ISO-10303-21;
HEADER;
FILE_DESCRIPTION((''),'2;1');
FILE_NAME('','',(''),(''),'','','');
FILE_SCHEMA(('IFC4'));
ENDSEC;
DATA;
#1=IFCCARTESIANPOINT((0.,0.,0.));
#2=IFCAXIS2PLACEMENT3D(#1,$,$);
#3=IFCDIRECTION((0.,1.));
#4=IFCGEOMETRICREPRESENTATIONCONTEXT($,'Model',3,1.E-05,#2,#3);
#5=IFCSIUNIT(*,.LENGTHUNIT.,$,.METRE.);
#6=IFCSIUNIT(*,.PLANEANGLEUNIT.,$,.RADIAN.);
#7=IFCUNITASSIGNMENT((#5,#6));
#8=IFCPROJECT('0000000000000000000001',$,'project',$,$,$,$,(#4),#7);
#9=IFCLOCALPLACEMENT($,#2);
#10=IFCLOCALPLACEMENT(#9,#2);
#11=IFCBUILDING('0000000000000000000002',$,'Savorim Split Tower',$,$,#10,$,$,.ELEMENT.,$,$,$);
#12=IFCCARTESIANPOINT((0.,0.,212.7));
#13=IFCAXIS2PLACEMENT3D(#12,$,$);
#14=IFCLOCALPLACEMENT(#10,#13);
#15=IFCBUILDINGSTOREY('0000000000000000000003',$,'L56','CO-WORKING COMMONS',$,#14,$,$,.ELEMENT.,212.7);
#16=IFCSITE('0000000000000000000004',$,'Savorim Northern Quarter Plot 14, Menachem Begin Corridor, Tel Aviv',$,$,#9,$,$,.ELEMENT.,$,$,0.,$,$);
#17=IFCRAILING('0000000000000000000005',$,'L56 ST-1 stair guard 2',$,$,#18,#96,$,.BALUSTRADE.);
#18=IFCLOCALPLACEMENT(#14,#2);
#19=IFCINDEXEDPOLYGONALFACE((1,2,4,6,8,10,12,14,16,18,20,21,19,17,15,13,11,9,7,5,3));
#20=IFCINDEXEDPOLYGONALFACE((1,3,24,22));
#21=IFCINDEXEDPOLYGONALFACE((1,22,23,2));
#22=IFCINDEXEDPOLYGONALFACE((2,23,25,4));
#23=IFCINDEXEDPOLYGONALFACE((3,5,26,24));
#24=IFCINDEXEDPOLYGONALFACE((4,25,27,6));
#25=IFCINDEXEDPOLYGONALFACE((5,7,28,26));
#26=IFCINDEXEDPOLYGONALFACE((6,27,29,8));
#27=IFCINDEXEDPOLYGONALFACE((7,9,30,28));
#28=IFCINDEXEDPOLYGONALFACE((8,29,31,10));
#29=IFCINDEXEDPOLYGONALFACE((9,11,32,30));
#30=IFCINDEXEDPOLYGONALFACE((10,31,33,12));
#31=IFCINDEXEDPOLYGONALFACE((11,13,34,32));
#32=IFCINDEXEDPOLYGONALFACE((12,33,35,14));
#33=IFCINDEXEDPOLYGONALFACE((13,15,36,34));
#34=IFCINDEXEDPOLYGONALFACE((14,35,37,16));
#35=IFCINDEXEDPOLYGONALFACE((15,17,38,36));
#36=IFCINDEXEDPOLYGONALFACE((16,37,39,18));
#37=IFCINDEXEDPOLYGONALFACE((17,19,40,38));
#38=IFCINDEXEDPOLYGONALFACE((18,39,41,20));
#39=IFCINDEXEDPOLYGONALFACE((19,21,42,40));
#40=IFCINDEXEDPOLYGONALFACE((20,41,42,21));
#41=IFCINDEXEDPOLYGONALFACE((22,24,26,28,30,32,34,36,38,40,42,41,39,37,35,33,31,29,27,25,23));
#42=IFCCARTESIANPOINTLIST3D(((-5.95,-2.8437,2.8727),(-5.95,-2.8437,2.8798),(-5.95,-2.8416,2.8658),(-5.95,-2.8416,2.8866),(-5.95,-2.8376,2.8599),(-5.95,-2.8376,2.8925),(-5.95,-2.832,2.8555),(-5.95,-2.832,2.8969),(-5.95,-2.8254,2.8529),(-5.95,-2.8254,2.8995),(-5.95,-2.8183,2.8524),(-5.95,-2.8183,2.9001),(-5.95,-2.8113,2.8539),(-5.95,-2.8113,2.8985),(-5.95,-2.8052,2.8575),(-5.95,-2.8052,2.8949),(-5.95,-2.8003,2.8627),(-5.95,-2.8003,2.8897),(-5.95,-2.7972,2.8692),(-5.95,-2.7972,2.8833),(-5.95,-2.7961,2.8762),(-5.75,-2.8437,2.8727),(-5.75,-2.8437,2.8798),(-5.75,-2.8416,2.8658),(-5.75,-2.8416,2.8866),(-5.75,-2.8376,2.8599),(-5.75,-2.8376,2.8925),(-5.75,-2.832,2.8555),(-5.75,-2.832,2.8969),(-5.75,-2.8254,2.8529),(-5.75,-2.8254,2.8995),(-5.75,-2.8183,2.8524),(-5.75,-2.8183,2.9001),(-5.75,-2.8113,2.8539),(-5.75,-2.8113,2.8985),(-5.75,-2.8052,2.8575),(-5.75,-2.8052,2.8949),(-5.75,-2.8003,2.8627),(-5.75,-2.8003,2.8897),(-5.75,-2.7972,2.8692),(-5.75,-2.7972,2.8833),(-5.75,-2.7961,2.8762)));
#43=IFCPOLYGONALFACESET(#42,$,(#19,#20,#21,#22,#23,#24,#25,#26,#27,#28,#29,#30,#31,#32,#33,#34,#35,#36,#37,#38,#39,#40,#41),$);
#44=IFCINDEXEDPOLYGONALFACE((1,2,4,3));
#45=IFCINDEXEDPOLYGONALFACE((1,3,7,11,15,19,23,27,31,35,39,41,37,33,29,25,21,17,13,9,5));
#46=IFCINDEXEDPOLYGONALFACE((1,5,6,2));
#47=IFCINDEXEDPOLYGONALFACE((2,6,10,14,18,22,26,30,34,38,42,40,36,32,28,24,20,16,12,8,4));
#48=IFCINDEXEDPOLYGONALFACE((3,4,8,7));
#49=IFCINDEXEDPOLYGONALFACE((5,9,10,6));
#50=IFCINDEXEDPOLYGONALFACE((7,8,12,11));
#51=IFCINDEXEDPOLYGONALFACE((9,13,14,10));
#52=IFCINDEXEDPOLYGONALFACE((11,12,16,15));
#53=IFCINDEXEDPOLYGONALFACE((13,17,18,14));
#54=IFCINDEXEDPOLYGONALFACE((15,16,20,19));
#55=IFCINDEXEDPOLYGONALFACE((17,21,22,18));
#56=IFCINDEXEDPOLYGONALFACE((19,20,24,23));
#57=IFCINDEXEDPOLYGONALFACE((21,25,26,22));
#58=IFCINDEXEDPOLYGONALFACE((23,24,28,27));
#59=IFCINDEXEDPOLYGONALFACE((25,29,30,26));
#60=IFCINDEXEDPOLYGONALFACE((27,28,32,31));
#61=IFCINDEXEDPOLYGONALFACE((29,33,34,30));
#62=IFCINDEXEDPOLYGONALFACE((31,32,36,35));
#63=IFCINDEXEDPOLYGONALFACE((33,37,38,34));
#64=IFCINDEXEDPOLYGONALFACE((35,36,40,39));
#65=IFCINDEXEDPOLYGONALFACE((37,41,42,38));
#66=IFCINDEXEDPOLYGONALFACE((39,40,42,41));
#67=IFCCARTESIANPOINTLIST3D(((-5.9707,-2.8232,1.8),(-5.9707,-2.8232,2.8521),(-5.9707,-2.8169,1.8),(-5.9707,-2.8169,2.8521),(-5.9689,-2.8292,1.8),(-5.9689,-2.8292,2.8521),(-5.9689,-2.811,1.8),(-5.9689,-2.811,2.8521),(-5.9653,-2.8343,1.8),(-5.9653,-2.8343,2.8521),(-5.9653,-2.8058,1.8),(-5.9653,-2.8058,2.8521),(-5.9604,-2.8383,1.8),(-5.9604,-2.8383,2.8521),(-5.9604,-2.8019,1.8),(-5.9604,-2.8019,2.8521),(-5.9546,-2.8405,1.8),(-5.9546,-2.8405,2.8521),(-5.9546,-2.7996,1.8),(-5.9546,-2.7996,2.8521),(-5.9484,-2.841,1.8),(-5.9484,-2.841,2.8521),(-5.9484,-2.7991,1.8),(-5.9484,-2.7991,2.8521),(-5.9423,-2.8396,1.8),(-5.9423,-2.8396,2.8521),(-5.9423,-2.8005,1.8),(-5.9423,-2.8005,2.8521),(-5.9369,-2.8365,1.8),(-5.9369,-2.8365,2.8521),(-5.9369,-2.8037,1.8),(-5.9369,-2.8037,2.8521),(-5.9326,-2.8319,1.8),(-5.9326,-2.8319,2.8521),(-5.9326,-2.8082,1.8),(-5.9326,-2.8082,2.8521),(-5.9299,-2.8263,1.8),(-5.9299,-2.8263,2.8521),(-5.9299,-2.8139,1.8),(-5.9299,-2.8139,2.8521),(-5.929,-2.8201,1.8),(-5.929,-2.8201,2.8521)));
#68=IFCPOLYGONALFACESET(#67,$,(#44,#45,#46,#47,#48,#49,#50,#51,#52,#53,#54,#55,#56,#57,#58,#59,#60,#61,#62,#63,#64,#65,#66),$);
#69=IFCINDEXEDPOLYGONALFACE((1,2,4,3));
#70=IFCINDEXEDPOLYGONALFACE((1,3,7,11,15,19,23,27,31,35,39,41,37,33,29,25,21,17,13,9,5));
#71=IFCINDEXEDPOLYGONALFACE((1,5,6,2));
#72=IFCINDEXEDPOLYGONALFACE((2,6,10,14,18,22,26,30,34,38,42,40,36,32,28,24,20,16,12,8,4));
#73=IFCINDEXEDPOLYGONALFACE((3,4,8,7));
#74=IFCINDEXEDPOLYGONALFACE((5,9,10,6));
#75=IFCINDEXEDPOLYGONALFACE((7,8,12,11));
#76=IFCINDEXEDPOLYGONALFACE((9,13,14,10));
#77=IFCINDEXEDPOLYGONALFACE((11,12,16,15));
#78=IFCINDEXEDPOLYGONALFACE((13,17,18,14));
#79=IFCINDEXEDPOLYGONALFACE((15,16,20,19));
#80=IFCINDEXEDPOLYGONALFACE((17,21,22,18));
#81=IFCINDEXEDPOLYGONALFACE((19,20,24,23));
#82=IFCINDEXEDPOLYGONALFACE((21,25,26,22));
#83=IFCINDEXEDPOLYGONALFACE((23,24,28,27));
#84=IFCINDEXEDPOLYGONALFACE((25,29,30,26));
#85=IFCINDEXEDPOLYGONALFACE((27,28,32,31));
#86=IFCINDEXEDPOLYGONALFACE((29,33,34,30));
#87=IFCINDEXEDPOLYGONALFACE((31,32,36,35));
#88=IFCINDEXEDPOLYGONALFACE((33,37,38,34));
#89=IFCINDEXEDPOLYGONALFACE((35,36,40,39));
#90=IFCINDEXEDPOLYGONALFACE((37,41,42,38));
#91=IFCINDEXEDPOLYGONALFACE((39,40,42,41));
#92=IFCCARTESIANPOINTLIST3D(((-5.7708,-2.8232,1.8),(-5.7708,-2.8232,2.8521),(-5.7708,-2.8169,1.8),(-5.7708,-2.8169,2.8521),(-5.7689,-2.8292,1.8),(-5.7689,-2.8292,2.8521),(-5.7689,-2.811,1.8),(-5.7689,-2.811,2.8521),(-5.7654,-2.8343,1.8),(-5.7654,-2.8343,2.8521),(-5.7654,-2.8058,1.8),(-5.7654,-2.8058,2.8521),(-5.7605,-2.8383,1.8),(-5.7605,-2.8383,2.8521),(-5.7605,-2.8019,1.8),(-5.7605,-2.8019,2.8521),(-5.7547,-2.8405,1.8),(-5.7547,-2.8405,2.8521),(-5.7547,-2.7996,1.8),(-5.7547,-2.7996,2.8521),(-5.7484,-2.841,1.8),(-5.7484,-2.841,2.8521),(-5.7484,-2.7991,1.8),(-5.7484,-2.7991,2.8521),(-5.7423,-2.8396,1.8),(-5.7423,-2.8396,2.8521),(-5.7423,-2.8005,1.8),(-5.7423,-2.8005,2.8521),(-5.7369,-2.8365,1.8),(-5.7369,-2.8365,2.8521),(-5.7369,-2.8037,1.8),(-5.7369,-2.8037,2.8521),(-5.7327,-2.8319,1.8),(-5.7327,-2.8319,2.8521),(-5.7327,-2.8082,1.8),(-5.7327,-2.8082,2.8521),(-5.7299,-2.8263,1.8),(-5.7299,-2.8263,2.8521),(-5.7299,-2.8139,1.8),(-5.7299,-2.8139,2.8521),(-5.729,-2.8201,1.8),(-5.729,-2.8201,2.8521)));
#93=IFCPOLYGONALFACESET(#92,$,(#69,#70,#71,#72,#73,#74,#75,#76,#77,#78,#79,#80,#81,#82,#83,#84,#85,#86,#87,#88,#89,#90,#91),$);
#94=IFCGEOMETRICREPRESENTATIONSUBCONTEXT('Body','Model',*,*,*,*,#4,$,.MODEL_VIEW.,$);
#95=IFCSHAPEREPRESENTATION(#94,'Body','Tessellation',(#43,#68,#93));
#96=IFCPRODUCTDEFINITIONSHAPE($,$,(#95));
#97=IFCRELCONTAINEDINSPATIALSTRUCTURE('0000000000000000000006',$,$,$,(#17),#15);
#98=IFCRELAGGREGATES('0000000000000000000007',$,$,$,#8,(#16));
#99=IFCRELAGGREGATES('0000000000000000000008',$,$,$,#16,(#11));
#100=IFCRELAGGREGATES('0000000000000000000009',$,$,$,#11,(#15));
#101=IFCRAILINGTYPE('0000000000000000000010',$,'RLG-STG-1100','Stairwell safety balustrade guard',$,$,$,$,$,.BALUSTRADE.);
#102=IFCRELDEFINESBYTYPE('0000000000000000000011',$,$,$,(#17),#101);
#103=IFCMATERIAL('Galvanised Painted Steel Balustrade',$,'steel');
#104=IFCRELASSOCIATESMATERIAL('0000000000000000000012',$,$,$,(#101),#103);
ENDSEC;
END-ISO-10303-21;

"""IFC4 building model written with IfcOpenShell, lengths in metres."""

from ifc_helpers import new_model, si_unit, direction, frame, origin, origin_2d, place, context, subcontext, project, spatial, circle, extrude, material, type_object, element, save


model = new_model("IFC4")

# Units and contexts
model_context = context("Model", 3, precision=1e-05, world=origin(), true_north=direction((0.0, 1.0)))
body_context = subcontext(model_context, "Body", "Model", "MODEL_VIEW")
ifc_project = project(units=[si_unit("LENGTHUNIT", "METRE"), si_unit("PLANEANGLEUNIT", "RADIAN")], contexts=[model_context])

# Site, building, storey
site_placement = place(None, origin())
site = spatial("IfcSite", under=ifc_project, at=site_placement, Name="Savorim Northern Quarter Plot 14, Menachem Begin Corridor, Tel Aviv", CompositionType="ELEMENT", RefElevation=0.0)
building_placement = place(site_placement, origin())
building = spatial("IfcBuilding", under=site, at=building_placement, Name="Savorim Split Tower", CompositionType="ELEMENT")
storey_placement = place(building_placement, frame((0.0, 0.0, 212.7)))
storey = spatial("IfcBuildingStorey", under=building, at=storey_placement, Name="L56", Description="CO-WORKING COMMONS", CompositionType="ELEMENT", Elevation=212.7)

# Railing
ifc_material_1 = material(Name="Galvanised Painted Steel Balustrade", Category="steel")
railing_type_1 = type_object("IfcRailingType", Name="RLG-STG-1100", Description="Stairwell safety balustrade guard", PredefinedType="BALUSTRADE", material=ifc_material_1)
railing_1_placement = place(storey_placement, frame((-5.95, -2.8201, 1.8)))
element("IfcRailing", 1, at=railing_1_placement, inside=storey, type_object=railing_type_1, Name="L56 ST-1 stair guard 2", PredefinedType="BALUSTRADE", context=body_context, shape_type="SweptSolid", body=[
    extrude(circle(Radius=0.0239, at=origin_2d()), frame((0.0, 0.0, 1.0762), z_axis=(1.0, 0.0, 0.0), x_axis=(0.0, 1.0, 0.0)), (0.0, 0.0, 1.0), 0.2),
    extrude(circle(Radius=0.021, at=origin_2d()), origin(), (0.0, 0.0, 1.0), 1.052),
    extrude(circle(Radius=0.021, at=origin_2d()), frame((0.2, 0.0, 0.0)), (0.0, 0.0, 1.0), 1.052),
])

save(model, "model.ifc")
